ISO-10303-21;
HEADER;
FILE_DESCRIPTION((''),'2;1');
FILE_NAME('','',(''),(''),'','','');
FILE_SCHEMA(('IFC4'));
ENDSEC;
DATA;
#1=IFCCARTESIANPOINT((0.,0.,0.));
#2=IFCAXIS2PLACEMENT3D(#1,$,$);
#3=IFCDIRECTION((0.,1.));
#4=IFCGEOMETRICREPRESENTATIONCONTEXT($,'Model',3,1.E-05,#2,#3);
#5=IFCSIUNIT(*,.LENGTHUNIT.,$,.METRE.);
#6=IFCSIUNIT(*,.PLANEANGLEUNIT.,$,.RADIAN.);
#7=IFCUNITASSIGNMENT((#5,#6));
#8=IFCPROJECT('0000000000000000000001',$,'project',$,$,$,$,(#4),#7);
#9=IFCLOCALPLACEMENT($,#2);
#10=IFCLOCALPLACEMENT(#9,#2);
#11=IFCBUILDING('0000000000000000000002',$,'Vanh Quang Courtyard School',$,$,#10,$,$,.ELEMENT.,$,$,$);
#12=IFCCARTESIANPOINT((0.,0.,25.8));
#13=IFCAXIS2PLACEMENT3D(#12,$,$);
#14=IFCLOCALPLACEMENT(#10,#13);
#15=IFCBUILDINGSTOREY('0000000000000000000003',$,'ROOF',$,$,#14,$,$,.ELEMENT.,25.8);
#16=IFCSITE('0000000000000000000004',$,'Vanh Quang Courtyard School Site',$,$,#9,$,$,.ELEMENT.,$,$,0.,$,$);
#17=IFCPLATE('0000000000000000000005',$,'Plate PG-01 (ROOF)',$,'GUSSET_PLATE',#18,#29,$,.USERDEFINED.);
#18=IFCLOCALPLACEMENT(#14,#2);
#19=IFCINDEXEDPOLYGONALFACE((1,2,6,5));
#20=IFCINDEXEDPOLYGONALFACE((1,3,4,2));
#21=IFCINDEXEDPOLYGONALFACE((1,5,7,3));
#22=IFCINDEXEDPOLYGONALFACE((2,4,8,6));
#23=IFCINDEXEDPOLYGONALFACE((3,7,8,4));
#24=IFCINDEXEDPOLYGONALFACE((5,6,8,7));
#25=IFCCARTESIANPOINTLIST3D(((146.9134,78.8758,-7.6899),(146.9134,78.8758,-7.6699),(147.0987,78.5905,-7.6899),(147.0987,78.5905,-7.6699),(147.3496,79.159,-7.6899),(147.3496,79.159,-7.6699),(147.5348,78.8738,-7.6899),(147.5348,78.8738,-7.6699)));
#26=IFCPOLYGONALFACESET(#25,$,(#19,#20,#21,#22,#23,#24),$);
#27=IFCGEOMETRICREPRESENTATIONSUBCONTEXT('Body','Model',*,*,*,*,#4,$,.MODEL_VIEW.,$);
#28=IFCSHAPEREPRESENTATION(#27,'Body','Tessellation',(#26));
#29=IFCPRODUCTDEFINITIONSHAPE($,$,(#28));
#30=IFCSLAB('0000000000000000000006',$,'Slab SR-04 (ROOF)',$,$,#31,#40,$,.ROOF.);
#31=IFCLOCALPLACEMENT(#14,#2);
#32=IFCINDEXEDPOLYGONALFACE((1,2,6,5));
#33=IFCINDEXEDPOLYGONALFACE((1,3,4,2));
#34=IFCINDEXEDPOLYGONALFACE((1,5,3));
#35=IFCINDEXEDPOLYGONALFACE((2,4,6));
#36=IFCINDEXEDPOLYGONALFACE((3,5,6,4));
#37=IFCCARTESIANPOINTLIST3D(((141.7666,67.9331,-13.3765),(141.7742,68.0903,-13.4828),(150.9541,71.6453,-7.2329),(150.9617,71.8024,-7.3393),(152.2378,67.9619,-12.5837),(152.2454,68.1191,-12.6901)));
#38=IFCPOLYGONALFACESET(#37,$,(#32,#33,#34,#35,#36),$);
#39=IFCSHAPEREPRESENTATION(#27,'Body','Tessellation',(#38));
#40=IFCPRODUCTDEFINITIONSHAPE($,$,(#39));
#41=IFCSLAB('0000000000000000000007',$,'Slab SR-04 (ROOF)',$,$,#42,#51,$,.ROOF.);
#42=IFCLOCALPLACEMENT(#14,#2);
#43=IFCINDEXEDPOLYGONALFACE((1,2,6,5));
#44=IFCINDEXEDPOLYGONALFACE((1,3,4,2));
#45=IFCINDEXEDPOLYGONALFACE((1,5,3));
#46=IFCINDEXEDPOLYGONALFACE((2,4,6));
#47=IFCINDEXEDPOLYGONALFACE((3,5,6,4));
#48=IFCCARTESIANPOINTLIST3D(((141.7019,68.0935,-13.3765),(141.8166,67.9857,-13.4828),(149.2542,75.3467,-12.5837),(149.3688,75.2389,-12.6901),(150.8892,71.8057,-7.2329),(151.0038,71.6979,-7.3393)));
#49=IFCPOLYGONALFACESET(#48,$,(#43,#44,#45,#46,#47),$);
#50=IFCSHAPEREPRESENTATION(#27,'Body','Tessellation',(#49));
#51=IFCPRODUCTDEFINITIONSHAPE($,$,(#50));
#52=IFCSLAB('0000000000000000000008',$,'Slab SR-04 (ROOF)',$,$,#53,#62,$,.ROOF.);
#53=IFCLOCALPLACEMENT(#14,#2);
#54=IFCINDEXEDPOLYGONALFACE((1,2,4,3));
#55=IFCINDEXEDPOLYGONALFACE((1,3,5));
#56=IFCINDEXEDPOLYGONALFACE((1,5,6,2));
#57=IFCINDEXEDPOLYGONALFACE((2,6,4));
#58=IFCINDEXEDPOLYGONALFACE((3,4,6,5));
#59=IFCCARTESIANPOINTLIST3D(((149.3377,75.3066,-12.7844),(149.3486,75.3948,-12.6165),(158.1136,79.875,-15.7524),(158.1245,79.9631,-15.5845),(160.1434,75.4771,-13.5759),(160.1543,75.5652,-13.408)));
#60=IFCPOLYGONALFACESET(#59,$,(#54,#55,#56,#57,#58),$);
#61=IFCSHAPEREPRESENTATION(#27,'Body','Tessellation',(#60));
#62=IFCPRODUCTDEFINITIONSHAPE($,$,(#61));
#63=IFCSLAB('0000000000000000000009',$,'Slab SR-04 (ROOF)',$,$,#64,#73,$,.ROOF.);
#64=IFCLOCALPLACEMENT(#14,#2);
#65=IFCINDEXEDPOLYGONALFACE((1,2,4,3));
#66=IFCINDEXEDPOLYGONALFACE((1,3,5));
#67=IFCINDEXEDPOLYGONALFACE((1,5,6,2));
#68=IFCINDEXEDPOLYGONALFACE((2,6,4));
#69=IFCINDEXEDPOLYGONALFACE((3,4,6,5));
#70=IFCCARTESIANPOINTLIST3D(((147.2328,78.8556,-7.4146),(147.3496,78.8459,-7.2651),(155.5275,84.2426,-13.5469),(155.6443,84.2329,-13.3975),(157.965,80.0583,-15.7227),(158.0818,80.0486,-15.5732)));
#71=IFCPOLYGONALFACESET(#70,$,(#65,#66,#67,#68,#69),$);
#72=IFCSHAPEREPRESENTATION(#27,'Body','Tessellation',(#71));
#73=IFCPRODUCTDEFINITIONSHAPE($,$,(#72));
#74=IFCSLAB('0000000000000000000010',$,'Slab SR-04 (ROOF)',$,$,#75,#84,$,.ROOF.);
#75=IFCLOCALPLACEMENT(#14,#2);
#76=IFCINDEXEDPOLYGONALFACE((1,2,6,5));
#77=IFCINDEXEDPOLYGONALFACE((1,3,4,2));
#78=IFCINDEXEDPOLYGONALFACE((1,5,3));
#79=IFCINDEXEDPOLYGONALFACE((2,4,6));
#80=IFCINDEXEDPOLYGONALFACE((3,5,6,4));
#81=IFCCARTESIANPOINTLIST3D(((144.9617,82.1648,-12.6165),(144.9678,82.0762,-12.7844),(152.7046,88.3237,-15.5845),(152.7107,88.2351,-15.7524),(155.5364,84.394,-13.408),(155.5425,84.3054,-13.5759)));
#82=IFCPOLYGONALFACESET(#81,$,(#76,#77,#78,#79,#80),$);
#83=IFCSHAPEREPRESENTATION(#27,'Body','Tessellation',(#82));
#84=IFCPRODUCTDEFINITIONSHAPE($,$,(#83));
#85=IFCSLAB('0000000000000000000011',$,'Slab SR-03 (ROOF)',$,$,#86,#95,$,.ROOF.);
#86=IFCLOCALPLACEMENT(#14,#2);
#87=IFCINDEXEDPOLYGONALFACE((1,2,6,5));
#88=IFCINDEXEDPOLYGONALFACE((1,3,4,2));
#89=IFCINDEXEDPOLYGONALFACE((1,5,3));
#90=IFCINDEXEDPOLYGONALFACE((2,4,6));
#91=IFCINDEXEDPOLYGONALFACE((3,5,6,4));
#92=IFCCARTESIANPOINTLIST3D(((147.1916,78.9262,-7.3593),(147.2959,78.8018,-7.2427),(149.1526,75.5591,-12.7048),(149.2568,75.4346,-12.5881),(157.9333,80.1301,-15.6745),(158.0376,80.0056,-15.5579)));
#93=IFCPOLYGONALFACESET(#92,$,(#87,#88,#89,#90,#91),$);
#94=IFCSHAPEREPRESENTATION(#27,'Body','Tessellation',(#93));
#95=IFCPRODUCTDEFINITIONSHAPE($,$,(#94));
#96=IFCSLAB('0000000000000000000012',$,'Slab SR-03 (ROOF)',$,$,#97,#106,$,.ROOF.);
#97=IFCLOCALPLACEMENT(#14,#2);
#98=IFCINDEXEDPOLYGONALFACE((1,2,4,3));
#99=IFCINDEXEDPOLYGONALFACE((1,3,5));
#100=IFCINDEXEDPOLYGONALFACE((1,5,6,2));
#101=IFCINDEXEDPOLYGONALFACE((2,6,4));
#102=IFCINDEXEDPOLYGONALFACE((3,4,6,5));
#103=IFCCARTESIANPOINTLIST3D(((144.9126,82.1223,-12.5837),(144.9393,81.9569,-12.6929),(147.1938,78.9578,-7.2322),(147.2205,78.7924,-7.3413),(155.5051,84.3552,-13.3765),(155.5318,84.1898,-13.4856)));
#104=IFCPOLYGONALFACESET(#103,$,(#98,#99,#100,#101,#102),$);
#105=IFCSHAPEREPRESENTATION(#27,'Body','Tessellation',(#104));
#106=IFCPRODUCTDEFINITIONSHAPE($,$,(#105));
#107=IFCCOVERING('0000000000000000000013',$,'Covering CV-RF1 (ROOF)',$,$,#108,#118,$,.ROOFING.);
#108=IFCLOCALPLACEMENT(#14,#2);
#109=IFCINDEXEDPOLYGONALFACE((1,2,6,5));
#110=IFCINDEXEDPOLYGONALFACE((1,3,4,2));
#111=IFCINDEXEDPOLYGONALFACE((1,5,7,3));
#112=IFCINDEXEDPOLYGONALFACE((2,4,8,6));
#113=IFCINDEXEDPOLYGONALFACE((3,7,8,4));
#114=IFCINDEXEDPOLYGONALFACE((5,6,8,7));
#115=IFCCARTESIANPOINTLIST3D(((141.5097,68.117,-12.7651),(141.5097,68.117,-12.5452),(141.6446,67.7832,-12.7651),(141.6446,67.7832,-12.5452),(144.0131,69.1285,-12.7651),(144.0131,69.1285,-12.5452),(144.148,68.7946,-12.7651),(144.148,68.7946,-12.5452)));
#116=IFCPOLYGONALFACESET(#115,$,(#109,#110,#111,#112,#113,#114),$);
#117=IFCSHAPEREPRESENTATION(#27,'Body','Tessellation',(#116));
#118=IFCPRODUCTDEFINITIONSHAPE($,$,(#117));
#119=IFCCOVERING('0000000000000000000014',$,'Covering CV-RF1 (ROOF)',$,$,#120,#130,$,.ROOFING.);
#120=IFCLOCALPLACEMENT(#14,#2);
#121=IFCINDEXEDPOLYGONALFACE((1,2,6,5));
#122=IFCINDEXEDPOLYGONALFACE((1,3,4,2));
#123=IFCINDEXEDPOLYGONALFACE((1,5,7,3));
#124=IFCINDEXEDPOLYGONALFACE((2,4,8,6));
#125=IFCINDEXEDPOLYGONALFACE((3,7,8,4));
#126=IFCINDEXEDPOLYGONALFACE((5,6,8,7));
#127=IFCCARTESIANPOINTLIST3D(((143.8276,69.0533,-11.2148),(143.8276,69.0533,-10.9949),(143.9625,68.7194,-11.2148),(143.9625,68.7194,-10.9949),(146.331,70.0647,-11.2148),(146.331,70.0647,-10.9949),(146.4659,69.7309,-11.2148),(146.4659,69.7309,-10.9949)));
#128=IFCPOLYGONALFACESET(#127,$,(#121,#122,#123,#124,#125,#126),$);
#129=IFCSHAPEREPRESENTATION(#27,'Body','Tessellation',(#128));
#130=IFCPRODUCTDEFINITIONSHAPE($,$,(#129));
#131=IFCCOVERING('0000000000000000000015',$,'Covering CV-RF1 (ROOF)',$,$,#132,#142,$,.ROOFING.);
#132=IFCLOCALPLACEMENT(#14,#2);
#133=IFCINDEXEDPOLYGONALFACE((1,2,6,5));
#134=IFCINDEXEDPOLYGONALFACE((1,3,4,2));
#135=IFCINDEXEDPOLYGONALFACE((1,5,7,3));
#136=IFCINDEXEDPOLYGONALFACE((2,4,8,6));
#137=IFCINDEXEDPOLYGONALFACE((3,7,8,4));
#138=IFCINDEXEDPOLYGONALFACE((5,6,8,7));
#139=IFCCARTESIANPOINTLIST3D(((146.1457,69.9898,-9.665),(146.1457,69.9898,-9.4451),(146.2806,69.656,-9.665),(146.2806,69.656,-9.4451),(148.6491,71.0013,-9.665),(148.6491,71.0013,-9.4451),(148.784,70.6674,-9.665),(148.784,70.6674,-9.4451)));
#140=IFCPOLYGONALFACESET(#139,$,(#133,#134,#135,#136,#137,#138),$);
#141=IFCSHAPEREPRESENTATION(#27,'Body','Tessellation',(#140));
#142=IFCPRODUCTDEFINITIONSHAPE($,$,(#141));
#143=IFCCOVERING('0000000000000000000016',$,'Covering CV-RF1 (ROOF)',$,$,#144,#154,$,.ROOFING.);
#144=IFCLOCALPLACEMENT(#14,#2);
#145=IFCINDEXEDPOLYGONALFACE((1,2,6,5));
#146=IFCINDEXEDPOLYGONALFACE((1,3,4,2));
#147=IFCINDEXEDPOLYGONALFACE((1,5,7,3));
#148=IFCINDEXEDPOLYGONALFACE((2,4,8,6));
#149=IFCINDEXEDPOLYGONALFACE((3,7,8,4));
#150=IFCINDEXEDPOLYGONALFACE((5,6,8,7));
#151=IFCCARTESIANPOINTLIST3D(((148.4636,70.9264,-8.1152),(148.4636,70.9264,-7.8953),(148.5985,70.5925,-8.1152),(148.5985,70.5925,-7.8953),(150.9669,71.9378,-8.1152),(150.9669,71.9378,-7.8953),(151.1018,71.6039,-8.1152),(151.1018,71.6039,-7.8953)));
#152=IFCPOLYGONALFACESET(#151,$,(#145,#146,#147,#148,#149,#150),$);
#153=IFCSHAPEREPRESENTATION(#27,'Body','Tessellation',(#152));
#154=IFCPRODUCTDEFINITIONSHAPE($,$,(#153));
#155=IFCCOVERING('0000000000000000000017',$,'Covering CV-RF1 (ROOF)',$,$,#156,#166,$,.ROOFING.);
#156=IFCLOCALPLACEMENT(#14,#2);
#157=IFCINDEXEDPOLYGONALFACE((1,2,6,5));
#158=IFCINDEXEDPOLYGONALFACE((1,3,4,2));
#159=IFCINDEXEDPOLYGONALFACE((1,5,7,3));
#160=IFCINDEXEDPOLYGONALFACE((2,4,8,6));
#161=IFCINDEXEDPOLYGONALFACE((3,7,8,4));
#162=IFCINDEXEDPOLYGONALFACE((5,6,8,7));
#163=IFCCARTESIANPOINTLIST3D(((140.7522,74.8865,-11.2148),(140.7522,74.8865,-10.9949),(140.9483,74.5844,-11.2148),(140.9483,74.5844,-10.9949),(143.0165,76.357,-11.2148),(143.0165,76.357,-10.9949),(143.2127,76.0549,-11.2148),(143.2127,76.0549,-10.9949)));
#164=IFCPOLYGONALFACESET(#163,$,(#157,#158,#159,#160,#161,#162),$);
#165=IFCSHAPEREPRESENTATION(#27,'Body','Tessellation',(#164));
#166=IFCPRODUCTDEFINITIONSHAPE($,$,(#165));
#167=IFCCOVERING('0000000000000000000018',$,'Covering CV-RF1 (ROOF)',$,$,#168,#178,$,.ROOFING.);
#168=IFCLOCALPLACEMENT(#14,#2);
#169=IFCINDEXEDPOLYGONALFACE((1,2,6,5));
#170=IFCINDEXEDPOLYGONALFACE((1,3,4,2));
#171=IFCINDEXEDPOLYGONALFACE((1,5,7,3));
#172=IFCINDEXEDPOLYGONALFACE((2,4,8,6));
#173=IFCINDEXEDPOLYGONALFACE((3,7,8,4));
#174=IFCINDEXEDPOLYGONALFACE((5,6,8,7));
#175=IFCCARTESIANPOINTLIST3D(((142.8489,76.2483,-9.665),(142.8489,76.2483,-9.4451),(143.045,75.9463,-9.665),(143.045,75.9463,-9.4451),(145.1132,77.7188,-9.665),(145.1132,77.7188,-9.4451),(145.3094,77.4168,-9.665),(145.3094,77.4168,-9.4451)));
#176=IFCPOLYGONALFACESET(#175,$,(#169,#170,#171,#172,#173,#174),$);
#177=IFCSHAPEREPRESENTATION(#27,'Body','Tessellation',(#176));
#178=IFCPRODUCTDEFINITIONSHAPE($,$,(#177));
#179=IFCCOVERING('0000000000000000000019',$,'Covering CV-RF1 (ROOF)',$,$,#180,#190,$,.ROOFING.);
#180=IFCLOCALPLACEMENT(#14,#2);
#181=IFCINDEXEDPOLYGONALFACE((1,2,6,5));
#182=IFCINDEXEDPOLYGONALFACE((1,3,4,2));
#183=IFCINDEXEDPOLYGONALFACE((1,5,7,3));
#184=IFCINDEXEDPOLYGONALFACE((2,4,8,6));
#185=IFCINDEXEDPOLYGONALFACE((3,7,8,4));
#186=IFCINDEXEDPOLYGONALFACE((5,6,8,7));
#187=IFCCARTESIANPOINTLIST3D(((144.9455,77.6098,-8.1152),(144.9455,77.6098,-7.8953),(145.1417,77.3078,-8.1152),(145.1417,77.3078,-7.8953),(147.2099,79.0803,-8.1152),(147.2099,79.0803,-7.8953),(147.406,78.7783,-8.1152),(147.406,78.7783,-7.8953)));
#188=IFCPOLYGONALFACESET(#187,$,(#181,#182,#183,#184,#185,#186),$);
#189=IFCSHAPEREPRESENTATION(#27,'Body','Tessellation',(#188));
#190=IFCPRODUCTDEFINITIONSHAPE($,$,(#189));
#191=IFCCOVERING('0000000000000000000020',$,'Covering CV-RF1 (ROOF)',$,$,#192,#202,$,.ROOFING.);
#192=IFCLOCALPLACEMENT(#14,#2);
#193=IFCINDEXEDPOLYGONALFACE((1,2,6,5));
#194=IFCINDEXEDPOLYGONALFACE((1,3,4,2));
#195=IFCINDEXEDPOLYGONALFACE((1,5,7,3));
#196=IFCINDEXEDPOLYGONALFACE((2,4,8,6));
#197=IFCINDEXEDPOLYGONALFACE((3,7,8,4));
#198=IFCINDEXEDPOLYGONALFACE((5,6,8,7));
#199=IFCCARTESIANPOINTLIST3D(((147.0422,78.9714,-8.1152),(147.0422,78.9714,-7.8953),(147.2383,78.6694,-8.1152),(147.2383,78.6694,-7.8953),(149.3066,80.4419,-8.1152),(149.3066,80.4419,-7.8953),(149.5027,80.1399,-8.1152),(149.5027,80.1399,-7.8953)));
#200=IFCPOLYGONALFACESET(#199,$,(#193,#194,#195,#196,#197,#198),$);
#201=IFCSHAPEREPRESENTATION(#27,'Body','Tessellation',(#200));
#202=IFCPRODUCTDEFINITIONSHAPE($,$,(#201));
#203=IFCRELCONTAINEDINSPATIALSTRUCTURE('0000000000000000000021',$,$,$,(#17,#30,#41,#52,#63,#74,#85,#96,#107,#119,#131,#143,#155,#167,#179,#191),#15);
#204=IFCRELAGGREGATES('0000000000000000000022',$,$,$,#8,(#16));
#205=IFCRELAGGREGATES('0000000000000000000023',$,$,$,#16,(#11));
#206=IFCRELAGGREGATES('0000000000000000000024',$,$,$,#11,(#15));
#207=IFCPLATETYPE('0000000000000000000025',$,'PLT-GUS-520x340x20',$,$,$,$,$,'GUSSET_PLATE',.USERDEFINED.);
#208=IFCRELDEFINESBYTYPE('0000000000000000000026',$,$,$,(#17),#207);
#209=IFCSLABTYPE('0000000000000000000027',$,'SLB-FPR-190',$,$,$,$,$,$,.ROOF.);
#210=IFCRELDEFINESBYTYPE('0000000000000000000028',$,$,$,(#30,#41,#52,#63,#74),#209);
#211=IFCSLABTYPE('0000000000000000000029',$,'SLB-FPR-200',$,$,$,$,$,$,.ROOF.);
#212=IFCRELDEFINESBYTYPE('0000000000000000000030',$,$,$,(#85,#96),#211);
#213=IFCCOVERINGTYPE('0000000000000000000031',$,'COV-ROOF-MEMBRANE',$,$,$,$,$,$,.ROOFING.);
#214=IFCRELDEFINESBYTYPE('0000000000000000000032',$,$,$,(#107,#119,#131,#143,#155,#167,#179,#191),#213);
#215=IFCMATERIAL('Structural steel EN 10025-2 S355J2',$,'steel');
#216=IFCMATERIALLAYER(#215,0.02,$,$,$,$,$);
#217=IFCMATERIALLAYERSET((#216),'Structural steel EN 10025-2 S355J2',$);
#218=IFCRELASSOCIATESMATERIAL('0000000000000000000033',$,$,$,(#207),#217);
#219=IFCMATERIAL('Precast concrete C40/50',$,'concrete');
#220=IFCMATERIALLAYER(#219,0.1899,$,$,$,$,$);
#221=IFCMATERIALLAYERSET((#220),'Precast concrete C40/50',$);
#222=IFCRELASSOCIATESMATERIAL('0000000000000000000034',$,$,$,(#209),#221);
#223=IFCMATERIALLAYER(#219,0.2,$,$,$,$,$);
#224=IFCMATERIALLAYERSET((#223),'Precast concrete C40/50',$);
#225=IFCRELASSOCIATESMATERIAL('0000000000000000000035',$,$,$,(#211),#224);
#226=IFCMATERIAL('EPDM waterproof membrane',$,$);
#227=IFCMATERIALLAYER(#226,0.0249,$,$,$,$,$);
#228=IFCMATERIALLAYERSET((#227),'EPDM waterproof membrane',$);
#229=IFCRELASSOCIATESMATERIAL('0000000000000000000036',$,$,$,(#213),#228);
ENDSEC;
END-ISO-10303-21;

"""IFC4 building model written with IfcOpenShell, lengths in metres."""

from ifc_helpers import new_model, si_unit, direction, frame, origin, origin_2d, place, context, subcontext, project, spatial, polyline, rectangle, outline, extrude, material, layer, layer_set, type_object, element, save


model = new_model("IFC4")

# Units and contexts
model_context = context("Model", 3, precision=1e-05, world=origin(), true_north=direction((0.0, 1.0)))
body_context = subcontext(model_context, "Body", "Model", "MODEL_VIEW")
ifc_project = project(units=[si_unit("LENGTHUNIT", "METRE"), si_unit("PLANEANGLEUNIT", "RADIAN")], contexts=[model_context])

# Site, building, storey
site_placement = place(None, origin())
site = spatial("IfcSite", under=ifc_project, at=site_placement, Name="Vanh Quang Courtyard School Site", CompositionType="ELEMENT", RefElevation=0.0)
building_placement = place(site_placement, origin())
building = spatial("IfcBuilding", under=site, at=building_placement, Name="Vanh Quang Courtyard School", CompositionType="ELEMENT")
storey_placement = place(building_placement, frame((0.0, 0.0, 25.8)))
storey = spatial("IfcBuildingStorey", under=building, at=storey_placement, Name="ROOF", CompositionType="ELEMENT", Elevation=25.8)

# Shared definitions
ifc_material_1 = material(Name="Structural steel EN 10025-2 S355J2", Category="steel")

# Plate
ifc_layer_1 = layer(ifc_material_1, 0.02)
ifc_layer_set_1 = layer_set([ifc_layer_1], Name="Structural steel EN 10025-2 S355J2")
plate_type_1 = type_object("IfcPlateType", Name="PLT-GUS-520x340x20", ElementType="GUSSET_PLATE", PredefinedType="USERDEFINED", material=ifc_layer_set_1)
plate_placement = place(storey_placement, frame((147.2241, 78.8748, -7.6899), z_axis=(0.0, 0.0, 1.0), x_axis=(0.838671, 0.544639, 0.0)))
element("IfcPlate", 1, at=plate_placement, inside=storey, type_object=plate_type_1, Name="Plate PG-01 (ROOF)", ObjectType="GUSSET_PLATE", PredefinedType="USERDEFINED", context=body_context, shape_type="SweptSolid", body=[
    extrude(rectangle(XDim=0.52, YDim=0.3401, at=origin_2d()), origin(), (0.0, 0.0, 1.0), 0.02),
])

# Slabs
ifc_material_2 = material(Name="Precast concrete C40/50", Category="concrete")
ifc_layer_2 = layer(ifc_material_2, 0.1899)
ifc_layer_set_2 = layer_set([ifc_layer_2], Name="Precast concrete C40/50")
slab_type_1 = type_object("IfcSlabType", Name="SLB-FPR-190", PredefinedType="ROOF", material=ifc_layer_set_2)
slab_1_placement = place(storey_placement, frame((141.7666, 67.9331, -13.3765), z_axis=(-0.040119, -0.827514, 0.560011), x_axis=(0.997143, 0.002743, 0.075489)))
element("IfcSlab", 2, at=slab_1_placement, inside=storey, type_object=slab_type_1, Name="Slab SR-04 (ROOF)", PredefinedType="ROOF", context=body_context, shape_type="SweptSolid", body=[
    extrude(outline(polyline([(0.0, 0.0), (10.5012, 0.0), (9.6352, 6.5648), (0.0, 0.0)])), origin(), (0.0, 0.0, -1.0), 0.1899),
])
slab_2_placement = place(storey_placement, frame((141.7019, 68.0935, -13.3765), z_axis=(-0.60372, 0.567412, 0.55997), x_axis=(0.788006, 0.318398, 0.526943)))
element("IfcSlab", 3, at=slab_2_placement, inside=storey, type_object=slab_type_1, Name="Slab SR-04 (ROOF)", PredefinedType="ROOF", context=body_context, shape_type="SweptSolid", body=[
    extrude(outline(polyline([(0.0, 0.0), (11.6589, 0.0), (8.6783, 5.9127), (0.0, 0.0)])), origin(), (0.0, 0.0, -1.0), 0.1899),
])
slab_3_placement = place(storey_placement, frame((149.3486, 75.3948, -12.6165), z_axis=(0.057433, 0.463983, 0.88398), x_axis=(0.997205, 0.015726, -0.073044)))
element("IfcSlab", 4, at=slab_3_placement, inside=storey, type_object=slab_type_1, Name="Slab SR-04 (ROOF)", PredefinedType="ROOF", context=body_context, shape_type="SweptSolid", body=[
    extrude(outline(polyline([(0.0, 0.0), (10.836, 0.0), (9.04, 4.9974), (0.0, 0.0)])), origin(), (0.0, 0.0, -1.0), 0.1899),
])
slab_4_placement = place(storey_placement, frame((147.3496, 78.8459, -7.2651), z_axis=(0.614912, -0.050993, 0.786945), x_axis=(0.787662, 0.088265, -0.609753)))
element("IfcSlab", 5, at=slab_4_placement, inside=storey, type_object=slab_type_1, Name="Slab SR-04 (ROOF)", PredefinedType="ROOF", context=body_context, shape_type="SweptSolid", body=[
    extrude(outline(polyline([(0.0, 0.0), (13.6254, 0.0), (10.7481, 4.4615), (0.0, 0.0)])), origin(), (0.0, 0.0, -1.0), 0.1899),
])
slab_5_placement = place(storey_placement, frame((144.9617, 82.1648, -12.6165), z_axis=(-0.032162, 0.466426, 0.883975), x_axis=(0.97588, 0.205725, -0.073043)))
element("IfcSlab", 6, at=slab_5_placement, inside=storey, type_object=slab_type_1, Name="Slab SR-04 (ROOF)", PredefinedType="ROOF", context=body_context, shape_type="SweptSolid", body=[
    extrude(outline(polyline([(0.0, 0.0), (10.8361, 0.0), (9.04, 4.9973), (0.0, 0.0)])), origin(), (0.0, 0.0, -1.0), 0.1899),
])
ifc_layer_3 = layer(ifc_material_2, 0.2)
ifc_layer_set_3 = layer_set([ifc_layer_3], Name="Precast concrete C40/50")
slab_type_2 = type_object("IfcSlabType", Name="SLB-FPR-200", PredefinedType="ROOF", material=ifc_layer_set_3)
slab_6_placement = place(storey_placement, frame((149.2568, 75.4346, -12.5881), z_axis=(0.521451, -0.622607, 0.58348), x_axis=(0.849601, 0.442281, -0.287342)))
element("IfcSlab", 7, at=slab_6_placement, inside=storey, type_object=slab_type_2, Name="Slab SR-03 (ROOF)", PredefinedType="ROOF", context=body_context, shape_type="SweptSolid", body=[
    extrude(outline(polyline([(0.0, 0.0), (10.3352, 0.0), (-1.7127, 6.3893), (0.0, 0.0)])), origin(), (0.0, 0.0, -1.0), 0.2),
])
slab_7_placement = place(storey_placement, frame((147.1938, 78.9578, -7.2322), z_axis=(-0.13349, 0.82709, 0.545988), x_axis=(0.712785, 0.462893, -0.526941)))
element("IfcSlab", 8, at=slab_7_placement, inside=storey, type_object=slab_type_2, Name="Slab SR-03 (ROOF)", PredefinedType="ROOF", context=body_context, shape_type="SweptSolid", body=[
    extrude(outline(polyline([(0.0, 0.0), (11.6603, 0.0), (2.6588, 6.0654), (0.0, 0.0)])), origin(), (0.0, 0.0, -1.0), 0.2),
])

# Coverings
ifc_material_3 = material(Name="EPDM waterproof membrane")
ifc_layer_4 = layer(ifc_material_3, 0.0249)
ifc_layer_set_4 = layer_set([ifc_layer_4], Name="EPDM waterproof membrane")
covering_type = type_object("IfcCoveringType", Name="COV-ROOF-MEMBRANE", PredefinedType="ROOFING", material=ifc_layer_set_4)
for number, where, z_axis, x_axis, name in (
    (9, (142.8289, 68.4558, -12.7651), (0.0, 0.0, 1.0), (0.927184, 0.374607, 0.0), "Covering CV-RF1 (ROOF)"),
    (10, (145.1467, 69.3921, -11.2148), (0.0, 0.0, 1.0), (0.927184, 0.374607, 0.0), "Covering CV-RF1 (ROOF)"),
    (11, (147.4648, 70.3286, -9.665), (0.0, 0.0, 1.0), (0.927184, 0.374607, 0.0), "Covering CV-RF1 (ROOF)"),
    (12, (149.7827, 71.2651, -8.1152), (0.0, 0.0, 1.0), (0.927184, 0.374607, 0.0), "Covering CV-RF1 (ROOF)"),
    (13, (141.9824, 75.4707, -11.2148), (0.0, 0.0, 1.0), (0.838671, 0.544639, 0.0), "Covering CV-RF1 (ROOF)"),
    (14, (144.0791, 76.8325, -9.665), (0.0, 0.0, 1.0), (0.838671, 0.544639, 0.0), "Covering CV-RF1 (ROOF)"),
    (15, (146.1758, 78.1941, -8.1152), (0.0, 0.0, 1.0), (0.838671, 0.544639, 0.0), "Covering CV-RF1 (ROOF)"),
    (16, (148.2725, 79.5557, -8.1152), (0.0, 0.0, 1.0), (0.838671, 0.544639, 0.0), "Covering CV-RF1 (ROOF)"),
):
    element("IfcCovering", number, at=place(storey_placement, frame(where, z_axis=z_axis, x_axis=x_axis)), inside=storey, type_object=covering_type, Name=name, PredefinedType="ROOFING", context=body_context, shape_type="SweptSolid", body=[
        extrude(rectangle(XDim=2.7, YDim=0.3601, at=origin_2d()), origin(), (0.0, 0.0, 1.0), 0.22),
    ])

save(model, "model.ifc")
